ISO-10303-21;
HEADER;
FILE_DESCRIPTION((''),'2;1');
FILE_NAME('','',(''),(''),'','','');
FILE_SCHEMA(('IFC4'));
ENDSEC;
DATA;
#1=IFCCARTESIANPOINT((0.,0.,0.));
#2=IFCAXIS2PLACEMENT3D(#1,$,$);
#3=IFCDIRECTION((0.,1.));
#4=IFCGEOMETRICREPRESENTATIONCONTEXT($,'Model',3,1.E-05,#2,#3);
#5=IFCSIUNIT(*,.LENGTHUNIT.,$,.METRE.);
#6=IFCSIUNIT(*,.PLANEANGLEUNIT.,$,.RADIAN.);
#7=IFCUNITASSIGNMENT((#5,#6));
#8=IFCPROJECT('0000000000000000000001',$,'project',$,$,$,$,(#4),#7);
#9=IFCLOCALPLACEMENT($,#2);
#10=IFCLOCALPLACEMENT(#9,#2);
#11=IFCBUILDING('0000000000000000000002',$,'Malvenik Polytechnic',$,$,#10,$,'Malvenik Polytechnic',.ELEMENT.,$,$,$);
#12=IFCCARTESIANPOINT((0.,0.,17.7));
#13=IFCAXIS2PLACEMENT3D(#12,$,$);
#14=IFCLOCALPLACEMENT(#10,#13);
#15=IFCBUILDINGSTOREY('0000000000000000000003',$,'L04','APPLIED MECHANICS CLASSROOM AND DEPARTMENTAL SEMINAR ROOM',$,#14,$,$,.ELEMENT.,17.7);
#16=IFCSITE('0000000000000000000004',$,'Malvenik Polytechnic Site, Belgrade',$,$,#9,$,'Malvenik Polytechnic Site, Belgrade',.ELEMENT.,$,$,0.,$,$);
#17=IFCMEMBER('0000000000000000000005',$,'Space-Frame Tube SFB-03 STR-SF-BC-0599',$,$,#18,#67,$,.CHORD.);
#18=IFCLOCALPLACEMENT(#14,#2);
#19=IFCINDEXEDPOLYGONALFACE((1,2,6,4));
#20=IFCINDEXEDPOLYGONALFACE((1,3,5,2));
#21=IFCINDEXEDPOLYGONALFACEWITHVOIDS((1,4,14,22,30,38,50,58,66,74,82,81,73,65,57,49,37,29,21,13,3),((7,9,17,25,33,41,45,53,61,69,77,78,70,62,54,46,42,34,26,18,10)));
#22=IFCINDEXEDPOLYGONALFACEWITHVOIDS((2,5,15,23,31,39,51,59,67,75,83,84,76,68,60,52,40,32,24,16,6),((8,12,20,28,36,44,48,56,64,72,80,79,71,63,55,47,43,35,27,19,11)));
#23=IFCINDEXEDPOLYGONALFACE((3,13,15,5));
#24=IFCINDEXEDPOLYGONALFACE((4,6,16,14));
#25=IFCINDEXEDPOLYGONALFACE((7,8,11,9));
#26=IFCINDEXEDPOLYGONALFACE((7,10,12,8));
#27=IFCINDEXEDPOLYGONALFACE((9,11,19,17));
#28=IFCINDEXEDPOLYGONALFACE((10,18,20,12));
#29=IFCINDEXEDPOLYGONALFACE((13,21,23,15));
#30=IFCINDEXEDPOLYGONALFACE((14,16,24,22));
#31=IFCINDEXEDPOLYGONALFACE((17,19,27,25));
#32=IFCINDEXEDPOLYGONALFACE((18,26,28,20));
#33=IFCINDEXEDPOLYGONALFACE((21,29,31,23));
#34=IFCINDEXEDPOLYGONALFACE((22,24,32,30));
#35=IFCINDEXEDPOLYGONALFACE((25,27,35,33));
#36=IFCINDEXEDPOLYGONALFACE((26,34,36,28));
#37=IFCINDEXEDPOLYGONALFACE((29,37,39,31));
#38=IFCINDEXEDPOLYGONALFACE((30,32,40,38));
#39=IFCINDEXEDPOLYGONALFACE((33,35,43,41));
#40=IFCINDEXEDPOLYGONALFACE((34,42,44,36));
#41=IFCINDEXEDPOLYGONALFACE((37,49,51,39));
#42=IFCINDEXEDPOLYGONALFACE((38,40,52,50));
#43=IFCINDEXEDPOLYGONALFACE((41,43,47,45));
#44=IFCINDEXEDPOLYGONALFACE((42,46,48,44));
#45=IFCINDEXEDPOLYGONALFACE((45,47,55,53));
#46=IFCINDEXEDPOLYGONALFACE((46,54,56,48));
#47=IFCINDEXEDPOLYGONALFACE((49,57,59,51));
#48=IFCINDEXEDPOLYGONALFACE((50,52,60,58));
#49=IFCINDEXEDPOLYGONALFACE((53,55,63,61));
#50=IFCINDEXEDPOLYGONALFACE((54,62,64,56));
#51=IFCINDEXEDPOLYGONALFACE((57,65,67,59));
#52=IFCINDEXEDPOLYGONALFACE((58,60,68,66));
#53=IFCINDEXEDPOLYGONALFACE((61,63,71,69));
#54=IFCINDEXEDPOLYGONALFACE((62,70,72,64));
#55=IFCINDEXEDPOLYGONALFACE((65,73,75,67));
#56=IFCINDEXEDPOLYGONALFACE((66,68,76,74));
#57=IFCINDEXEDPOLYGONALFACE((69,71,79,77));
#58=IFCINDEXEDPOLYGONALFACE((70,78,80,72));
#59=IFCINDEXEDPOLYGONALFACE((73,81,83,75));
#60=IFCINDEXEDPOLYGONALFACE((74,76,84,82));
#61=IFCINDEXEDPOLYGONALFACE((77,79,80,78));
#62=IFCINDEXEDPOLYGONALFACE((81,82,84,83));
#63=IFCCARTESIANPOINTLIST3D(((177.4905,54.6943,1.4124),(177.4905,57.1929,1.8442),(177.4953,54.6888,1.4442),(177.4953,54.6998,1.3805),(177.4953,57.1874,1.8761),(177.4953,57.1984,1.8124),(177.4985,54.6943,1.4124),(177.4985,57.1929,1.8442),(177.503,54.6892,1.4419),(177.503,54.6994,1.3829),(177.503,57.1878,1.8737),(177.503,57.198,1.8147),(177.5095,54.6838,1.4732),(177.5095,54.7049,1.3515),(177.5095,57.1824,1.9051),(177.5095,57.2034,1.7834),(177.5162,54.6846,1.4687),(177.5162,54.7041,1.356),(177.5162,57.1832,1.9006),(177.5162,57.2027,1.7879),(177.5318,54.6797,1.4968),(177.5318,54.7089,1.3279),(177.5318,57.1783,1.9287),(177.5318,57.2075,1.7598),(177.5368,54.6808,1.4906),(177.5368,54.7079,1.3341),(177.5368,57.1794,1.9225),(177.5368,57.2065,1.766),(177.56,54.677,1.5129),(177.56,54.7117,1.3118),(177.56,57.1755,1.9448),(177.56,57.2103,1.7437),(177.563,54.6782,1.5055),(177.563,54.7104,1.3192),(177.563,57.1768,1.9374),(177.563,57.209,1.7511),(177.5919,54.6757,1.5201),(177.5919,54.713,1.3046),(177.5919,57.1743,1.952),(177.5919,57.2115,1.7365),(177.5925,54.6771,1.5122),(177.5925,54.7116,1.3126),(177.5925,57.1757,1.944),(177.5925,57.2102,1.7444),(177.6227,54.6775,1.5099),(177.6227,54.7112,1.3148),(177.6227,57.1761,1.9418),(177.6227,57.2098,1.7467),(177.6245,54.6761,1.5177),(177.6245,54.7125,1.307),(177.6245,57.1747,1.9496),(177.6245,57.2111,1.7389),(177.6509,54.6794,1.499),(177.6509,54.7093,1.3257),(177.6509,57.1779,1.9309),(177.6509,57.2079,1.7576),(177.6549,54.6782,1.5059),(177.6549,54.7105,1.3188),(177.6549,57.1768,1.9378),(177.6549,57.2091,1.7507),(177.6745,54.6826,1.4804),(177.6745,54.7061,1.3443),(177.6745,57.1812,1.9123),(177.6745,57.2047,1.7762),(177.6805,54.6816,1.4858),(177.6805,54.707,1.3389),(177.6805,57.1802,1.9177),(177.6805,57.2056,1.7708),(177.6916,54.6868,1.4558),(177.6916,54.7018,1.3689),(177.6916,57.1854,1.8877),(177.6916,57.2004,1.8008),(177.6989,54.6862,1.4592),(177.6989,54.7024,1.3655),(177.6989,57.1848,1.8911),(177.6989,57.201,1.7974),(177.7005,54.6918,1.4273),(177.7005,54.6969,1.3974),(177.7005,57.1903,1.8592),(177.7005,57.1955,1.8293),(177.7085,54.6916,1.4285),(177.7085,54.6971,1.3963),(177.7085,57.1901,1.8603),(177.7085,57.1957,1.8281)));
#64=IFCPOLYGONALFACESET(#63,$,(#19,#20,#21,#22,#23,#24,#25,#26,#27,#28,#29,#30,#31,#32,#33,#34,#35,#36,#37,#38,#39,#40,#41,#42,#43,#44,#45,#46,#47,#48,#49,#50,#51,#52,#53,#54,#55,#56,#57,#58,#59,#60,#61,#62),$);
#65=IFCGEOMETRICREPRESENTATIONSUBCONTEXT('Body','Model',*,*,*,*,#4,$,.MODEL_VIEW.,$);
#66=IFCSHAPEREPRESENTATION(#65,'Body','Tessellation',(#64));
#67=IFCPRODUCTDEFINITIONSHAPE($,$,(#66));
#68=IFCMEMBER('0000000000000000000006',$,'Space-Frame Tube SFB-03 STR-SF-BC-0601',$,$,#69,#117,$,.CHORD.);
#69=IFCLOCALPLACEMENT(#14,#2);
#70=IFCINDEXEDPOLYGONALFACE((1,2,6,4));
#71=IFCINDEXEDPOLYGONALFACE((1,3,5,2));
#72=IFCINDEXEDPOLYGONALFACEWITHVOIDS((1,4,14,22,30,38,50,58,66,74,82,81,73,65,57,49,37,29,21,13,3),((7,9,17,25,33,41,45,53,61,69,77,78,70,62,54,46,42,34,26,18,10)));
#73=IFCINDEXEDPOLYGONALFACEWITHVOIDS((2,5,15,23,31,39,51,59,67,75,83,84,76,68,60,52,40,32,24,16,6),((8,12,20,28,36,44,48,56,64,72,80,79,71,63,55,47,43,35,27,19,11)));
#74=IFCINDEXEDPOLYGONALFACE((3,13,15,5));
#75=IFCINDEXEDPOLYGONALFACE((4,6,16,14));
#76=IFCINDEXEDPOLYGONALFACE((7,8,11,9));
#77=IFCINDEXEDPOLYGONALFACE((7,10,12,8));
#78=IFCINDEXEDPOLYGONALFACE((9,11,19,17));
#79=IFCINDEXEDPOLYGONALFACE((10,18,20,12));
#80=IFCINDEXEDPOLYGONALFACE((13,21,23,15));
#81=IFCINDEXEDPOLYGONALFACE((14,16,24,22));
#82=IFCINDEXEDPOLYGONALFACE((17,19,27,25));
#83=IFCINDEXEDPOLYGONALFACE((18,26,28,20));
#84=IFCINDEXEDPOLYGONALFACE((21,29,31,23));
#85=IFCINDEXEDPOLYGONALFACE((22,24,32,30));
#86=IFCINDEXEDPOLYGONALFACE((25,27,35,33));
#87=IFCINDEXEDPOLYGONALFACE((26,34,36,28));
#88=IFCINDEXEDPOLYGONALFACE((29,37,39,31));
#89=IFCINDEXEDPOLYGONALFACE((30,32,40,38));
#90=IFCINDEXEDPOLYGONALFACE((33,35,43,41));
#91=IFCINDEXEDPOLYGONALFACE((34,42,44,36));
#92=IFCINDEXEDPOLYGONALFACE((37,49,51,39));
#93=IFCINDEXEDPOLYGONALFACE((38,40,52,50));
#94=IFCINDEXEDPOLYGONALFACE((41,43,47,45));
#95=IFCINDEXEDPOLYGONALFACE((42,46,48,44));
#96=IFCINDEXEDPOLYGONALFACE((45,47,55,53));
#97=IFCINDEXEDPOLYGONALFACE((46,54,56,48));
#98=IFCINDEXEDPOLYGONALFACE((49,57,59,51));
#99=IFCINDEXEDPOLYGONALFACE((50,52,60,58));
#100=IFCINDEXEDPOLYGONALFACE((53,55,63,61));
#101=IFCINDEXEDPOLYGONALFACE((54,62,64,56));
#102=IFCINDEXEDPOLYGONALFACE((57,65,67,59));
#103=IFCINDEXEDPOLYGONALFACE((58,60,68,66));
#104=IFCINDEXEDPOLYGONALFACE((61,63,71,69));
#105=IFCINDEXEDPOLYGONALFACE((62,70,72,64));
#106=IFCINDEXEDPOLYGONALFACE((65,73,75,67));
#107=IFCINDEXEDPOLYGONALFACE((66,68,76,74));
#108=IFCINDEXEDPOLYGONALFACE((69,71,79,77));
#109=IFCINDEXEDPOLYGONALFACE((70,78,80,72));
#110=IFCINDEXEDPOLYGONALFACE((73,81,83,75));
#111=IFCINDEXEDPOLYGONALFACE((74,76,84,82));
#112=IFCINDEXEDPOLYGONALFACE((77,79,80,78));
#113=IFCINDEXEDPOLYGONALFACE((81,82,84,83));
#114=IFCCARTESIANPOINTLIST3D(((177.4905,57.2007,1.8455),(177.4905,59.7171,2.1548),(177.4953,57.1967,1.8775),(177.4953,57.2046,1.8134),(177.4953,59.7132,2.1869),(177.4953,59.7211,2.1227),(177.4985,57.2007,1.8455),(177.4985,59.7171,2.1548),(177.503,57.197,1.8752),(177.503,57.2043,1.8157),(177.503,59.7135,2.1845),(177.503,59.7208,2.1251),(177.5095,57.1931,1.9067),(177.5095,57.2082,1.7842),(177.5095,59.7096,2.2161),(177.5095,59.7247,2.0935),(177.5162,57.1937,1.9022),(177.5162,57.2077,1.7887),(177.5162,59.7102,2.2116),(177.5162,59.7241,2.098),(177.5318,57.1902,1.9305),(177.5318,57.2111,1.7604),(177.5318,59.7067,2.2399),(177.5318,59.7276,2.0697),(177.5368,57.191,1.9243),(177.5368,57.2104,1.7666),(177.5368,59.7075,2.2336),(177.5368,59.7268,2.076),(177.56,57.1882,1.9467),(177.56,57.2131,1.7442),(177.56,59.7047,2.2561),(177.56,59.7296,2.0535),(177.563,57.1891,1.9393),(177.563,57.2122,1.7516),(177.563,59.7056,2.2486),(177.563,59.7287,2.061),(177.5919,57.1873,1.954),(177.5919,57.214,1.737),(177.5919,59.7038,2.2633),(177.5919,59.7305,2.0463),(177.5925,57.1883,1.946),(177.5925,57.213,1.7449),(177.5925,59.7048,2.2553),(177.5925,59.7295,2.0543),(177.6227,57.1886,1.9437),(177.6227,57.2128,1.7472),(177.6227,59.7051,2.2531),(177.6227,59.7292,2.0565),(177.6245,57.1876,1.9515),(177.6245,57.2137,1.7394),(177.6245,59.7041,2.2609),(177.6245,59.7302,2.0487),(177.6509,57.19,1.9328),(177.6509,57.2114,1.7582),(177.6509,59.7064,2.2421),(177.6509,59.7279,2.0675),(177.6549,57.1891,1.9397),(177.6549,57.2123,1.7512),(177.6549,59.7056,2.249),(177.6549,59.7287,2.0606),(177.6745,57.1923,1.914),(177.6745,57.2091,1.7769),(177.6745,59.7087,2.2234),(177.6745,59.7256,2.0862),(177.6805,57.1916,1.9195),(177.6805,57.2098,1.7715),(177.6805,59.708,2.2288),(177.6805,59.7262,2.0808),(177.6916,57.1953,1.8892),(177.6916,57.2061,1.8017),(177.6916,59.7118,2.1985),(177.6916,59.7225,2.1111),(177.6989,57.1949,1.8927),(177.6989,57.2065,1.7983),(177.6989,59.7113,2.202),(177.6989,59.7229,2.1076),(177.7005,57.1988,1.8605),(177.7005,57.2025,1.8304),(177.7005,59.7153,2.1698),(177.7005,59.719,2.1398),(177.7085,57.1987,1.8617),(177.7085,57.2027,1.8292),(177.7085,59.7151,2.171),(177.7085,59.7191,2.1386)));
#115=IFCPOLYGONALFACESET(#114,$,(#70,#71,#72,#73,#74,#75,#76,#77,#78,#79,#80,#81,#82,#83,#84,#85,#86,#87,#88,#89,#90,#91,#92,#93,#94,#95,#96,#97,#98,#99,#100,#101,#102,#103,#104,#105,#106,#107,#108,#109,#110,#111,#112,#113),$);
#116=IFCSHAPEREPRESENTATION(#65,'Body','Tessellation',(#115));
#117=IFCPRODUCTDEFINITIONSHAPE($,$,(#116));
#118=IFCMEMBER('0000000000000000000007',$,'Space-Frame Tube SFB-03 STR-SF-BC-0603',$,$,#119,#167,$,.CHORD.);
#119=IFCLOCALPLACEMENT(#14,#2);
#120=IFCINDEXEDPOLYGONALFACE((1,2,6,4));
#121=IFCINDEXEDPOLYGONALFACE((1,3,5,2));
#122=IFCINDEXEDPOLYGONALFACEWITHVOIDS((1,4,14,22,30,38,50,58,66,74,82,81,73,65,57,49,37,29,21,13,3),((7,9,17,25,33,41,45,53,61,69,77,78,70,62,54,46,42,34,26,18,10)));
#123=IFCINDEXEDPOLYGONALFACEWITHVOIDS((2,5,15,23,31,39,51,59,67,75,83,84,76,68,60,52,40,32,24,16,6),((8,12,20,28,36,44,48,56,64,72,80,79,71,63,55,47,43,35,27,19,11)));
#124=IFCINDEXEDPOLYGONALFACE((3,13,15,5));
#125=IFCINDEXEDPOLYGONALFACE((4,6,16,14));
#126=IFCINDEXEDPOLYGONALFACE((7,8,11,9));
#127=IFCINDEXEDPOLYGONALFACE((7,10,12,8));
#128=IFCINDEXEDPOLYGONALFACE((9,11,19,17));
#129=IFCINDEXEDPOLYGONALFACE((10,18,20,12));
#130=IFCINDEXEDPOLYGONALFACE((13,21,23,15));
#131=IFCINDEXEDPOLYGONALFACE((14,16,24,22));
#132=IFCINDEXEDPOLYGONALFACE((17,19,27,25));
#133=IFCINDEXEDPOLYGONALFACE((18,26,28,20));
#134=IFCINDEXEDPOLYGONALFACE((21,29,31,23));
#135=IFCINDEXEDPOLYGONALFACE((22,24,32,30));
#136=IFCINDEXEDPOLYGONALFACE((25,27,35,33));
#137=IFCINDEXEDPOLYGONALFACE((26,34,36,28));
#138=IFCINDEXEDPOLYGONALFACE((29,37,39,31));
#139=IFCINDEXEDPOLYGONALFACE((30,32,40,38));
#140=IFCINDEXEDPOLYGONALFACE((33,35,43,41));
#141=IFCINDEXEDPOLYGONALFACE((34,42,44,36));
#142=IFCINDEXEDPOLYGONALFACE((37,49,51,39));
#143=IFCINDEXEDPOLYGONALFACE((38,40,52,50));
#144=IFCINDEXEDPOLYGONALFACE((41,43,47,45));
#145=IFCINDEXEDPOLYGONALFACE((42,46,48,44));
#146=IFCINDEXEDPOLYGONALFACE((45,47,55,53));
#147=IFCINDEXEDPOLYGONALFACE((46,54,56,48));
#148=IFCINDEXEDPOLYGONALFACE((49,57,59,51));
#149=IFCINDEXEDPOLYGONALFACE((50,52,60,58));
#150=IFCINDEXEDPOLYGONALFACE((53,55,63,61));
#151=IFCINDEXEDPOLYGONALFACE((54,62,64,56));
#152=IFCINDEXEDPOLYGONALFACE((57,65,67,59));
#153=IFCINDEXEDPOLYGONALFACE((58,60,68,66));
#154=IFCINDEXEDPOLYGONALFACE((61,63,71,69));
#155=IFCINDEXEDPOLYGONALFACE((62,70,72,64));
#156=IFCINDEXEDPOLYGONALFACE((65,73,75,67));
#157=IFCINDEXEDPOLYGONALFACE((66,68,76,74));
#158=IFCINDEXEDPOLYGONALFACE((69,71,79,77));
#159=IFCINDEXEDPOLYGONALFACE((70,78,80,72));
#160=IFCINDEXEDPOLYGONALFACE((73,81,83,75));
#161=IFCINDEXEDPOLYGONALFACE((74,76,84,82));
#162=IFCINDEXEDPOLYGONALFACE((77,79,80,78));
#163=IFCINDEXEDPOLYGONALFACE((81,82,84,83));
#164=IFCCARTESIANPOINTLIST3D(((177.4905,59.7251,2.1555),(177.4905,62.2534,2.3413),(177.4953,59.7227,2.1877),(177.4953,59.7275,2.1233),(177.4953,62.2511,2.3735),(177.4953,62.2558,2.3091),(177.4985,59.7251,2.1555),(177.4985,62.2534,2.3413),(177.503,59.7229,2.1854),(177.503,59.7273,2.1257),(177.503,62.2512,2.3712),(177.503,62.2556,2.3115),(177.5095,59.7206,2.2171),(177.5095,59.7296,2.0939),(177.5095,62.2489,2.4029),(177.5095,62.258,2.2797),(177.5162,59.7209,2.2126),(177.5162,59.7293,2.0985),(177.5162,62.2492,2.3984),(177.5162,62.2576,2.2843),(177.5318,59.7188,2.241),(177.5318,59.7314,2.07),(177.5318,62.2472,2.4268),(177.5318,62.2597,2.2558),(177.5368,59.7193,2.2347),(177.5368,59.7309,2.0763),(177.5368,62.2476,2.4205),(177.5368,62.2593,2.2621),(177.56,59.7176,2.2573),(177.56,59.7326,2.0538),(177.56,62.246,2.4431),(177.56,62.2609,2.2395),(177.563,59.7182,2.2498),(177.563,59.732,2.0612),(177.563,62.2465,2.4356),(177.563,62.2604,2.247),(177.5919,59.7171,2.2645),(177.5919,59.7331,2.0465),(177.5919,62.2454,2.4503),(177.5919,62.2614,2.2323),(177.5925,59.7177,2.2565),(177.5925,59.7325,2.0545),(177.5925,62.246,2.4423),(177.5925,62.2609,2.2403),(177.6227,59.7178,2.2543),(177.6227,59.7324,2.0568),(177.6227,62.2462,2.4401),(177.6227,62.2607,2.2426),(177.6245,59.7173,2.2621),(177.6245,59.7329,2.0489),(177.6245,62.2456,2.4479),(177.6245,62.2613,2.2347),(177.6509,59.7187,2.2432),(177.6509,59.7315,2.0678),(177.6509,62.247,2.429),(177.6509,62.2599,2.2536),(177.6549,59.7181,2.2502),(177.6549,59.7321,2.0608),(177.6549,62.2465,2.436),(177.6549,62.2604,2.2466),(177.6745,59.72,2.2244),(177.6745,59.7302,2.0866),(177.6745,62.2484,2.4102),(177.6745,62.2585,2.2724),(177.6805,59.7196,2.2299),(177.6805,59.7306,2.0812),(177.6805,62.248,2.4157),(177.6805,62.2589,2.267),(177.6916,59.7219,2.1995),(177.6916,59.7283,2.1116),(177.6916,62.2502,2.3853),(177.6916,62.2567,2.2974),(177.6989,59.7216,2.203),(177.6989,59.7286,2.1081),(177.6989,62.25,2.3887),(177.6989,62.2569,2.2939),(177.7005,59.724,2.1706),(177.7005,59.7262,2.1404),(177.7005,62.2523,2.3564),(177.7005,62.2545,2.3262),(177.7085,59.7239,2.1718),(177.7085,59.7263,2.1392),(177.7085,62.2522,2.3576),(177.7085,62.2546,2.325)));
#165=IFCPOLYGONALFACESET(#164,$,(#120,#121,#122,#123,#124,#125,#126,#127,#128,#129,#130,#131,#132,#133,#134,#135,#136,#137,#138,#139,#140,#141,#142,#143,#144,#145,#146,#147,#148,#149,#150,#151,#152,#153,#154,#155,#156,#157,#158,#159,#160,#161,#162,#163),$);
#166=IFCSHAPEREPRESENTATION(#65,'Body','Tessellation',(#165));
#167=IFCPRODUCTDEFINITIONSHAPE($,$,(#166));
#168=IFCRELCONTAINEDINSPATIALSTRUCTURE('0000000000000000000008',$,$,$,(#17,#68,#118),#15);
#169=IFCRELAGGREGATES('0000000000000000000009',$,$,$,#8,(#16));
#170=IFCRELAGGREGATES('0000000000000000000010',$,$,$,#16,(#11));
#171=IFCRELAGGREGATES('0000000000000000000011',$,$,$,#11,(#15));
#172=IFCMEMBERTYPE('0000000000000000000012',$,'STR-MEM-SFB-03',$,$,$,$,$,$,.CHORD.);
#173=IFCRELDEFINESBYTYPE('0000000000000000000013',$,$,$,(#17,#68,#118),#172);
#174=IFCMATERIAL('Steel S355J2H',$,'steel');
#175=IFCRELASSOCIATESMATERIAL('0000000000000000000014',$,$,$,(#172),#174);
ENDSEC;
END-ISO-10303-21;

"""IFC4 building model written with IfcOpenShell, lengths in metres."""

from ifc_helpers import new_model, si_unit, direction, frame, origin, origin_2d, place, context, subcontext, project, spatial, hollow_circle, extrude, material, material_profile, profile_set, type_object, element, save


model = new_model("IFC4")

# Units and contexts
model_context = context("Model", 3, precision=1e-05, world=origin(), true_north=direction((0.0, 1.0)))
body_context = subcontext(model_context, "Body", "Model", "MODEL_VIEW")
ifc_project = project(units=[si_unit("LENGTHUNIT", "METRE"), si_unit("PLANEANGLEUNIT", "RADIAN")], contexts=[model_context])

# Site, building, storey
site_placement = place(None, origin())
site = spatial("IfcSite", under=ifc_project, at=site_placement, Name="Malvenik Polytechnic Site, Belgrade", LongName="Malvenik Polytechnic Site, Belgrade", CompositionType="ELEMENT", RefElevation=0.0)
building_placement = place(site_placement, origin())
building = spatial("IfcBuilding", under=site, at=building_placement, Name="Malvenik Polytechnic", LongName="Malvenik Polytechnic", CompositionType="ELEMENT")
storey_placement = place(building_placement, frame((0.0, 0.0, 17.7)))
storey = spatial("IfcBuildingStorey", under=building, at=storey_placement, Name="L04", Description="APPLIED MECHANICS CLASSROOM AND DEPARTMENTAL SEMINAR ROOM", CompositionType="ELEMENT", Elevation=17.7)

# Members
ifc_material_1 = material(Name="Steel S355J2H", Category="steel")
ifc_material_profile_1 = material_profile(ifc_material_1, hollow_circle(Radius=0.1096, WallThickness=0.0081, at=origin_2d()), Name="CHS 219.1x8.0")
ifc_profile_set_1 = profile_set([ifc_material_profile_1], Name="Steel S355J2H")
member_type_1 = type_object("IfcMemberType", Name="STR-MEM-SFB-03", PredefinedType="CHORD", material=ifc_profile_set_1)
member_1_placement = place(storey_placement, frame((177.6001, 54.6943, 1.4124), z_axis=(0.0, 0.985387, 0.170329), x_axis=(-1.0, 0.0, 0.0)))
element("IfcMember", 1, at=member_1_placement, inside=storey, type_object=member_type_1, Name="Space-Frame Tube SFB-03 STR-SF-BC-0599", PredefinedType="CHORD", context=body_context, shape_type="SweptSolid", body=[
    extrude(hollow_circle(Radius=0.1096, WallThickness=0.0081, at=origin_2d()), origin(), (0.0, 0.0, 1.0), 2.5356),
])
member_2_placement = place(storey_placement, frame((177.6001, 57.2007, 1.8455), z_axis=(0.0, 0.992529, 0.122008), x_axis=(-1.0, 0.0, 0.0)))
element("IfcMember", 2, at=member_2_placement, inside=storey, type_object=member_type_1, Name="Space-Frame Tube SFB-03 STR-SF-BC-0601", PredefinedType="CHORD", context=body_context, shape_type="SweptSolid", body=[
    extrude(hollow_circle(Radius=0.1096, WallThickness=0.0081, at=origin_2d()), origin(), (0.0, 0.0, 1.0), 2.5354),
])
for number, where, z_axis, x_axis, name in (
    (3, (177.6001, 59.7251, 2.1555), (0.0, 0.997311, 0.073286), (-1.0, 0.0, 0.0), "Space-Frame Tube SFB-03 STR-SF-BC-0603"),
):
    element("IfcMember", number, at=place(storey_placement, frame(where, z_axis=z_axis, x_axis=x_axis)), inside=storey, type_object=member_type_1, Name=name, PredefinedType="CHORD", context=body_context, shape_type="SweptSolid", body=[
        extrude(hollow_circle(Radius=0.1096, WallThickness=0.0081, at=origin_2d()), origin(), (0.0, 0.0, 1.0), 2.5352),
    ])

save(model, "model.ifc")
